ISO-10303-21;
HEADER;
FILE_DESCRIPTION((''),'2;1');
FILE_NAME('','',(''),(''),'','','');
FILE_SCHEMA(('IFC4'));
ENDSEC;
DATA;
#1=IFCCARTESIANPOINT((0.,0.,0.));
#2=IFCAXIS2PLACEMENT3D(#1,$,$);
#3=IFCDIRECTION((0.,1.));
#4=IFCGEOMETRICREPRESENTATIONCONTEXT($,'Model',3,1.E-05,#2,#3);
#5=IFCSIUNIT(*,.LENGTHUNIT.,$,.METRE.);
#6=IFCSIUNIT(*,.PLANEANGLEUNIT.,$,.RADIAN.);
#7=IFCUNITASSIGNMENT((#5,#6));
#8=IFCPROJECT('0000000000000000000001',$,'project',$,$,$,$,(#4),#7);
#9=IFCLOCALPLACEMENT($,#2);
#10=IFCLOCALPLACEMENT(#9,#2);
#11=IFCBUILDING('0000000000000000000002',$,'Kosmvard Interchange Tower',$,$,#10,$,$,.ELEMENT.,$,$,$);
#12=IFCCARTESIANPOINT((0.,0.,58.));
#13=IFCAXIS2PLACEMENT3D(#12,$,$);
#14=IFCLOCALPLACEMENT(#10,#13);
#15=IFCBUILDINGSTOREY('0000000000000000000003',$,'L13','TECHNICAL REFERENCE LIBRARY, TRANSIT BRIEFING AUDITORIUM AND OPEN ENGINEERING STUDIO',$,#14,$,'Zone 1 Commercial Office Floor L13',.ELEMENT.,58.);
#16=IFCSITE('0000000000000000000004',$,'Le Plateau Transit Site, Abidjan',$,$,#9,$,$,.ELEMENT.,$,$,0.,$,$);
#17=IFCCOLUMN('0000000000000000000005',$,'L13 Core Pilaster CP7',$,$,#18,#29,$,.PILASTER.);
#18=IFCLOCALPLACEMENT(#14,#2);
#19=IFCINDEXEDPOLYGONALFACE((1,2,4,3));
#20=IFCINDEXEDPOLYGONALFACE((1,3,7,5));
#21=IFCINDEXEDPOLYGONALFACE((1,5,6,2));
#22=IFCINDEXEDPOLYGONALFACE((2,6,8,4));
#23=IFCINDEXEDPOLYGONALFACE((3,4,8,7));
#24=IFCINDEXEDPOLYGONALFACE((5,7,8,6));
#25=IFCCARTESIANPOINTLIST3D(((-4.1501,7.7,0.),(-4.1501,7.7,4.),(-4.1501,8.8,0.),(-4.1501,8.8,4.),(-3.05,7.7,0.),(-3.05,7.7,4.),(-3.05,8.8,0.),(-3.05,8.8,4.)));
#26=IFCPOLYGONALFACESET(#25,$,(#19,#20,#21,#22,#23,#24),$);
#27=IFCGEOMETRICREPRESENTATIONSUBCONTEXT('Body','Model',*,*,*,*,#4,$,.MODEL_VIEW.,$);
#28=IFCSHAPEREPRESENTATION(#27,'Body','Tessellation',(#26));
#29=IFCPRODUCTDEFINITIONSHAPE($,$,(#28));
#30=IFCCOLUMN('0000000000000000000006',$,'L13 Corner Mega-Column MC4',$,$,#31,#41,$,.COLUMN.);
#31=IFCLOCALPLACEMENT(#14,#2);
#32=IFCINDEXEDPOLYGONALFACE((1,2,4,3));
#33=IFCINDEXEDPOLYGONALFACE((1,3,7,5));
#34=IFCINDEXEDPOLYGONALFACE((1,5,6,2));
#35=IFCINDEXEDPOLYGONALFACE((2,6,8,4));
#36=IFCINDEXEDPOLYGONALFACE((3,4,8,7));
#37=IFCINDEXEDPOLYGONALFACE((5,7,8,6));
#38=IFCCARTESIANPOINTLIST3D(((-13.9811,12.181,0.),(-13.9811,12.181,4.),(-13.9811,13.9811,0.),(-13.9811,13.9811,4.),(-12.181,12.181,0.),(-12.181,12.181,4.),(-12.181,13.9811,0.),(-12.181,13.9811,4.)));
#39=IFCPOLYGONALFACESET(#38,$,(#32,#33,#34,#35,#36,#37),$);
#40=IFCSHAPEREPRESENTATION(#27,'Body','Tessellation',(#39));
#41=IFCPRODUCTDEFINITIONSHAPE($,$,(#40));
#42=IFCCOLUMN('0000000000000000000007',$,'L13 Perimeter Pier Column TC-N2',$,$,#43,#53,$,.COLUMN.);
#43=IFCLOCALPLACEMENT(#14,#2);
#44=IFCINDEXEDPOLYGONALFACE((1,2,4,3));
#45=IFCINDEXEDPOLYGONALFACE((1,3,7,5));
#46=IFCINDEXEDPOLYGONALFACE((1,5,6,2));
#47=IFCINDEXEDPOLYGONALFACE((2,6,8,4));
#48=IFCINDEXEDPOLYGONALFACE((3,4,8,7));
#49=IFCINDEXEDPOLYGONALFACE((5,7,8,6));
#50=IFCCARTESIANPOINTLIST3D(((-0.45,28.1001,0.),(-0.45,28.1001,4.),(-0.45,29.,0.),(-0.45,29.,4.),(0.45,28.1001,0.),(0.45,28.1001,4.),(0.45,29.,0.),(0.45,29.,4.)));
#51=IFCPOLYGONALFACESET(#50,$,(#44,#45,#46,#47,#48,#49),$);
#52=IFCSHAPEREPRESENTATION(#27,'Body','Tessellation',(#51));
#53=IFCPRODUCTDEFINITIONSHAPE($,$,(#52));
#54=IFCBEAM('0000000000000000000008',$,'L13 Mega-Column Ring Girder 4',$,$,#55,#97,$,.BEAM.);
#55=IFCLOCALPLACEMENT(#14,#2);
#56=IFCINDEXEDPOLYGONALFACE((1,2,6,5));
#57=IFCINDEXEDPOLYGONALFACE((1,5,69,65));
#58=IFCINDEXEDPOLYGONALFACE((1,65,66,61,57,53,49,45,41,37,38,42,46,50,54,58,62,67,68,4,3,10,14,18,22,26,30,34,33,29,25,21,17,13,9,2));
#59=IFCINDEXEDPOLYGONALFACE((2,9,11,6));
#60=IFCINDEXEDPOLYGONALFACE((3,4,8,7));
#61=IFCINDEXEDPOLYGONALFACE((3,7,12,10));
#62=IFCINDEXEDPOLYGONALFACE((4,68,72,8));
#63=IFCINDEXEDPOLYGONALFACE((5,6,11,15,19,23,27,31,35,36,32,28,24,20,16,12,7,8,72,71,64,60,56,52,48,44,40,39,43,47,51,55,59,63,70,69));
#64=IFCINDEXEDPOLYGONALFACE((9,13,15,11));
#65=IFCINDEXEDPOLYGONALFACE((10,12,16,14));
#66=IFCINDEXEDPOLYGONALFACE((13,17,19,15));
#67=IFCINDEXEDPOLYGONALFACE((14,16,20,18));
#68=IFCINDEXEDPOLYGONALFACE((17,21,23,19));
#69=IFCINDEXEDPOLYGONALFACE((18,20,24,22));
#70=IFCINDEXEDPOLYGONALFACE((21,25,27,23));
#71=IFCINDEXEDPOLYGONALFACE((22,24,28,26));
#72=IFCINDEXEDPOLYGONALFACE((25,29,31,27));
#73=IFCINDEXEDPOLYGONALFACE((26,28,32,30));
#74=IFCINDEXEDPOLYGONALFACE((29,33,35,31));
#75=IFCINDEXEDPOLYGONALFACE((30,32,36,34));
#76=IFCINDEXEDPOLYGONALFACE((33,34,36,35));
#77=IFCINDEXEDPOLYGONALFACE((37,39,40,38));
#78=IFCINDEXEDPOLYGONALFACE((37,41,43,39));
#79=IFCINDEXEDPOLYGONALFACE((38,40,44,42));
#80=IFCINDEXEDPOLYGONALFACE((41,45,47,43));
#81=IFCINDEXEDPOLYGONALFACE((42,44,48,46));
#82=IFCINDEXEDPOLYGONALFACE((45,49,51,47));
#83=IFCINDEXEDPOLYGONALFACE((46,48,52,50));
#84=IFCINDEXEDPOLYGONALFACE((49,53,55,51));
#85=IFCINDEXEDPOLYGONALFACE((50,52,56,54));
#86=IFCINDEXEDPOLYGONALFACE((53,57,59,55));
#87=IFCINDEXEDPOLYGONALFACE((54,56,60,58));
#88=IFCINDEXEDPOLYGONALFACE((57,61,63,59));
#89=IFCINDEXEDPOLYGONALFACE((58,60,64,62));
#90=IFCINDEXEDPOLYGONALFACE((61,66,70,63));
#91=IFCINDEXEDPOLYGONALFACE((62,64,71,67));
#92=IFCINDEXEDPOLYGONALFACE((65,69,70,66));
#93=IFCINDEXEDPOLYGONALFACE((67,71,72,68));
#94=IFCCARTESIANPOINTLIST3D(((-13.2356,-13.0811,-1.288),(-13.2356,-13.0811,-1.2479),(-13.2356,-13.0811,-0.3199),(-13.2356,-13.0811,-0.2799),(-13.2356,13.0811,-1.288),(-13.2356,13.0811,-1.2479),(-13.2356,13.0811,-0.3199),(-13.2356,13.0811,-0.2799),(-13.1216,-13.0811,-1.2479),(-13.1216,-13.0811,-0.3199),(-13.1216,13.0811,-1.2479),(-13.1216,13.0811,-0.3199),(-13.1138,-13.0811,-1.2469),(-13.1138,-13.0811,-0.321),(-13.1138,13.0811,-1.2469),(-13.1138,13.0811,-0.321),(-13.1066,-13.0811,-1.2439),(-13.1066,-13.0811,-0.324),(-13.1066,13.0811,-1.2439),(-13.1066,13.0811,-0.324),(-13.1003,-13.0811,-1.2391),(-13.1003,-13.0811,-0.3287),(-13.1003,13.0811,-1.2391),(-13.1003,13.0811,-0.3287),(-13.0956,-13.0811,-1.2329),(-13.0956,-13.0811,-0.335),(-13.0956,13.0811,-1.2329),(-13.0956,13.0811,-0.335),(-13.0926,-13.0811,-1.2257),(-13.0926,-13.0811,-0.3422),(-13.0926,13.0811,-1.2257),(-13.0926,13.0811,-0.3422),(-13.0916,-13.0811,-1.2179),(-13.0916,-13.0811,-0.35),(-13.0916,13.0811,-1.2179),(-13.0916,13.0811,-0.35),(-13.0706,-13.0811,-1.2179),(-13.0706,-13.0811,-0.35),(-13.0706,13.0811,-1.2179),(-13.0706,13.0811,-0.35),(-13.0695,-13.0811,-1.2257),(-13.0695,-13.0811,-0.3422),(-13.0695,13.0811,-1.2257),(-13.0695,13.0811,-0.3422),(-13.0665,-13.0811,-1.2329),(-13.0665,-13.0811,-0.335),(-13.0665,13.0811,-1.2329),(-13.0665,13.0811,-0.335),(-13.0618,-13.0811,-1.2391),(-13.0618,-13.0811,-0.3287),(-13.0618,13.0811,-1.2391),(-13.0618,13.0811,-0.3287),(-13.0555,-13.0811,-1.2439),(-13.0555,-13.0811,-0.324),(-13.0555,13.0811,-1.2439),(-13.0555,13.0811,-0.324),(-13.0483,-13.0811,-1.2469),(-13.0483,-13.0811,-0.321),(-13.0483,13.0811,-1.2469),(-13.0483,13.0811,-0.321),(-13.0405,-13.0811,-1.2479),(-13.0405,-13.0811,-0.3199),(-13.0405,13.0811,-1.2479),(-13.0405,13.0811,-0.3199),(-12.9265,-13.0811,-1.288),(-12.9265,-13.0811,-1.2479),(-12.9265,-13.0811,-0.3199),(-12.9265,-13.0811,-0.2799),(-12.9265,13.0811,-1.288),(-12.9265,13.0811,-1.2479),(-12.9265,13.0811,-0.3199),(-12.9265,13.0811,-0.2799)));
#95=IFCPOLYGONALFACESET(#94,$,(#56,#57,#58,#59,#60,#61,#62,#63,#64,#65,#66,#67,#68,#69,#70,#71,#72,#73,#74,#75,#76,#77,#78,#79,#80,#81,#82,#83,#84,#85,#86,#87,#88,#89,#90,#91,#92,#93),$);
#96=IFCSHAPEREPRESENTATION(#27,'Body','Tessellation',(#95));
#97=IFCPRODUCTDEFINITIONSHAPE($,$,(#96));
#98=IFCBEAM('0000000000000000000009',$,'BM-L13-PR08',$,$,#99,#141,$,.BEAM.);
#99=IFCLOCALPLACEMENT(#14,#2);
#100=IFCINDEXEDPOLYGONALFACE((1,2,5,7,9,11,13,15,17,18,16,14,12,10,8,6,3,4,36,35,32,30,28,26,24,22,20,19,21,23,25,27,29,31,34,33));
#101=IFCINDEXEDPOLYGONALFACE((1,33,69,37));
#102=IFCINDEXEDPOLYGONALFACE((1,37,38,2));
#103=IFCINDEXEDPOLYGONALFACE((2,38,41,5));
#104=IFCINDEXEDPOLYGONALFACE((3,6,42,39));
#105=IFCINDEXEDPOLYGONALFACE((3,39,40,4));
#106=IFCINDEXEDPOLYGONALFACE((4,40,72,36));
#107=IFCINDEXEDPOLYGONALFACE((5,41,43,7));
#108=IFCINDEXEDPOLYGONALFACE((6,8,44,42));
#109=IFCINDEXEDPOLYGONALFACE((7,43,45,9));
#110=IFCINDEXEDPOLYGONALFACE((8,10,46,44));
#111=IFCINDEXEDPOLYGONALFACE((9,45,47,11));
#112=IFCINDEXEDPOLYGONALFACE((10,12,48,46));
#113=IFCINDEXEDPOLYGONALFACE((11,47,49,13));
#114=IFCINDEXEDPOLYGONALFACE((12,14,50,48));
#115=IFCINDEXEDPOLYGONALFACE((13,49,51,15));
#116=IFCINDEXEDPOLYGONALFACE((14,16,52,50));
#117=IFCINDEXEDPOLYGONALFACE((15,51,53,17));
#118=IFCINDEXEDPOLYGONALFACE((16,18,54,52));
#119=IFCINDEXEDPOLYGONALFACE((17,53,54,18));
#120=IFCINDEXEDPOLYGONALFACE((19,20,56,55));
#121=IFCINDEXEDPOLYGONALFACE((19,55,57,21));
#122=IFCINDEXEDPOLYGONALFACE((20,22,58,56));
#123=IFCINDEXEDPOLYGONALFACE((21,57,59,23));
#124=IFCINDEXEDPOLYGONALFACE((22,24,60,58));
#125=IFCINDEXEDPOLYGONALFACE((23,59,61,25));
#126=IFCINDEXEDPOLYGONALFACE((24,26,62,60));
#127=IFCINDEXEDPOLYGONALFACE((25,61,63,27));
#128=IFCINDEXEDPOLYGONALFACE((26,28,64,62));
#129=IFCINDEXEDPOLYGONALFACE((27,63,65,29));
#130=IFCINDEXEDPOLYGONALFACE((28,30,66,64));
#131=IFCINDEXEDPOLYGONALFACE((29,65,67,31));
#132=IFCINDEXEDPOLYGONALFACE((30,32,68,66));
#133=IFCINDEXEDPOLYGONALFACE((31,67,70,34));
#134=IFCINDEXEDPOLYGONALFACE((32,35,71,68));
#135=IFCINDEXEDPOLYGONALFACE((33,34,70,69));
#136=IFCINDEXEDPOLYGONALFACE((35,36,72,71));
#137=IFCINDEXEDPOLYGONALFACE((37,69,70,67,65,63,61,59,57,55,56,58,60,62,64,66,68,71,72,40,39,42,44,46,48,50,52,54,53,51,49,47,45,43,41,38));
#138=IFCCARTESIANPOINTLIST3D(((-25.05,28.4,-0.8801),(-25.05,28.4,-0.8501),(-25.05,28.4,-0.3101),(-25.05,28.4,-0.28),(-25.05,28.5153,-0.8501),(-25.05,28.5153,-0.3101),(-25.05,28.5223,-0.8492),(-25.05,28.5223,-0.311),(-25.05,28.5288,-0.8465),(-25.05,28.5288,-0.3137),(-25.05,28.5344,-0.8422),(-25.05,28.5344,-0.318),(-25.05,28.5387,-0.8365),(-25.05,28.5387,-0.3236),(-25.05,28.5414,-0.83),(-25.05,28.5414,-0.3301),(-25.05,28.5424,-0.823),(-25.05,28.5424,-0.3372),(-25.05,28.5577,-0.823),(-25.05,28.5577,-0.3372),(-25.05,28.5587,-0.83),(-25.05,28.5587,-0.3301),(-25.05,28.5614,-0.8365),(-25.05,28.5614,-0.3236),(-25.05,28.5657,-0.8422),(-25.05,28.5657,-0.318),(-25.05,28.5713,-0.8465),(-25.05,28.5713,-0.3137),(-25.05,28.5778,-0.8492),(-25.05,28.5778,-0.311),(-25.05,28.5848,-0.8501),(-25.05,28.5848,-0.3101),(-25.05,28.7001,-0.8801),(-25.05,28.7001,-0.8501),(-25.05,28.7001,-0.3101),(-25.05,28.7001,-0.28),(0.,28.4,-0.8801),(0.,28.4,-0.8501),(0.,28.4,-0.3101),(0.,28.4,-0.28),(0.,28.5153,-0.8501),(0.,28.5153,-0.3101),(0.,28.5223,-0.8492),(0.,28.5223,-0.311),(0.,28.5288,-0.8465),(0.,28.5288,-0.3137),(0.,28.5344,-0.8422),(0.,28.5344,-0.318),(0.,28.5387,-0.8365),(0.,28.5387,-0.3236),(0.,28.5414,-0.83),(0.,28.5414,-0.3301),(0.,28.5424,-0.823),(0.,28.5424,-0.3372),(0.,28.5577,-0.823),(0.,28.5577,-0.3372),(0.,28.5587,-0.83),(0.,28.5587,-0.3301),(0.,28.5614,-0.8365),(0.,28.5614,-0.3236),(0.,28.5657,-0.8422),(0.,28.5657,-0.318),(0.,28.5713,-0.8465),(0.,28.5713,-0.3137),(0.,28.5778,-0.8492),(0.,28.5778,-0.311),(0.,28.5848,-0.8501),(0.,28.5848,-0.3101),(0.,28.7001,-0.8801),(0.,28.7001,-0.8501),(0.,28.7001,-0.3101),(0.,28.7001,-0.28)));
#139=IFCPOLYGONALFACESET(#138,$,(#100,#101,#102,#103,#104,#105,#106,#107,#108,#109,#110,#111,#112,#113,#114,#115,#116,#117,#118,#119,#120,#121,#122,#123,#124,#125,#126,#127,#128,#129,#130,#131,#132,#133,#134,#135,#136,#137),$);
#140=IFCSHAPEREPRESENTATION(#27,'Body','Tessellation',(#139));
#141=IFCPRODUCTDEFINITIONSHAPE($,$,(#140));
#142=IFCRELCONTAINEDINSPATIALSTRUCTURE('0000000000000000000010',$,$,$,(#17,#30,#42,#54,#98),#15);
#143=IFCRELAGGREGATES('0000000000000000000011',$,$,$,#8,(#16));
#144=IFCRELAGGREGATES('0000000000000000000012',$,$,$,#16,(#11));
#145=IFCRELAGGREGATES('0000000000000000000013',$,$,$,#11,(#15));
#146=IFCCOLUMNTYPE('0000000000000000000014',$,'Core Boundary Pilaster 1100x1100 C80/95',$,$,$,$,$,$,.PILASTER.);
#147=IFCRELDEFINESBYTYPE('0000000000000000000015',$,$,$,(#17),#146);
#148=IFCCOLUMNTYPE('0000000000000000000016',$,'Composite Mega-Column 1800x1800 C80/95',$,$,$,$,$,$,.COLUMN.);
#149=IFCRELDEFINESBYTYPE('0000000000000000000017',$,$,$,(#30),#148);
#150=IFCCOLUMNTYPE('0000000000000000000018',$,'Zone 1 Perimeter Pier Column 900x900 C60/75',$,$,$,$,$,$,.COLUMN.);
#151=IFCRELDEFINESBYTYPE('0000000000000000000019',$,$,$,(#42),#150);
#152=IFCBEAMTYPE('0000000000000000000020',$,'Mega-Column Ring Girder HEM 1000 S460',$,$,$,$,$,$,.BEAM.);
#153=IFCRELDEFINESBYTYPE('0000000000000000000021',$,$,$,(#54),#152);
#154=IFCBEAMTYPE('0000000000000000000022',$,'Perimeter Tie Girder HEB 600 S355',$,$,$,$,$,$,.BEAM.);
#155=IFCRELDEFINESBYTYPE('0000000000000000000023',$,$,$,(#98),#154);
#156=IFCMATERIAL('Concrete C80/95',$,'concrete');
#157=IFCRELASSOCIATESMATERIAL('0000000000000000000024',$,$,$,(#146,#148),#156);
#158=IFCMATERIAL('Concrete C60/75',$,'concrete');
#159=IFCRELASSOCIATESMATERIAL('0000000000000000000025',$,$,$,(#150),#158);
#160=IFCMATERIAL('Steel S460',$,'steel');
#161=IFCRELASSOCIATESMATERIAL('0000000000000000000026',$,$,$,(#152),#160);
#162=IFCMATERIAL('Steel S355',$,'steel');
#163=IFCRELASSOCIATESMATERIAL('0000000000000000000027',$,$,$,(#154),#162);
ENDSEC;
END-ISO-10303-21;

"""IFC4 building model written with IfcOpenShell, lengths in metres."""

from ifc_helpers import new_model, si_unit, direction, frame, origin, origin_2d, place, context, subcontext, project, spatial, rectangle, i_section, extrude, source, transform, mapped, material, material_profile, profile_set, type_object, element, save


model = new_model("IFC4")

# Units and contexts
model_context = context("Model", 3, precision=1e-05, world=origin(), true_north=direction((0.0, 1.0)))
body_context = subcontext(model_context, "Body", "Model", "MODEL_VIEW")
ifc_project = project(units=[si_unit("LENGTHUNIT", "METRE"), si_unit("PLANEANGLEUNIT", "RADIAN")], contexts=[model_context])

# Site, building, storey
site_placement = place(None, origin())
site = spatial("IfcSite", under=ifc_project, at=site_placement, Name="Le Plateau Transit Site, Abidjan", CompositionType="ELEMENT", RefElevation=0.0)
building_placement = place(site_placement, origin())
building = spatial("IfcBuilding", under=site, at=building_placement, Name="Kosmvard Interchange Tower", CompositionType="ELEMENT")
storey_placement = place(building_placement, frame((0.0, 0.0, 58.0)))
storey = spatial("IfcBuildingStorey", under=building, at=storey_placement, Name="L13", Description="TECHNICAL REFERENCE LIBRARY, TRANSIT BRIEFING AUDITORIUM AND OPEN ENGINEERING STUDIO", LongName="Zone 1 Commercial Office Floor L13", CompositionType="ELEMENT", Elevation=58.0)

# Columns
ifc_material_1 = material(Name="Concrete C80/95", Category="concrete")
ifc_material_profile_1 = material_profile(ifc_material_1, rectangle(XDim=1.1001, YDim=1.1001, at=origin_2d()), Name="CP 1100x1100")
ifc_profile_set_1 = profile_set([ifc_material_profile_1], Name="Concrete C80/95")
column_type_1 = type_object("IfcColumnType", Name="Core Boundary Pilaster 1100x1100 C80/95", PredefinedType="PILASTER", material=ifc_profile_set_1)
shared_shape_1 = source(origin(), body_context, "Body", "SweptSolid", [
    extrude(rectangle(XDim=1.1001, YDim=1.1001, at=origin_2d()), origin(), (0.0, 0.0, 1.0), 4.0),
])
column_1_placement = place(storey_placement, frame((-3.6001, 8.25, 0.0), z_axis=(0.0, 0.0, 1.0), x_axis=(1.0, 0.0, 0.0)))
element("IfcColumn", 1, at=column_1_placement, inside=storey, type_object=column_type_1, Name="L13 Core Pilaster CP7", PredefinedType="PILASTER", context=body_context, shape_type="MappedRepresentation", body=[
    mapped(shared_shape_1, transform((0.0, 0.0, 0.0), scale=1.0)),
])
ifc_material_profile_2 = material_profile(ifc_material_1, rectangle(XDim=1.8, YDim=1.8, at=origin_2d()), Name="MC 1800x1800")
ifc_profile_set_2 = profile_set([ifc_material_profile_2], Name="Concrete C80/95")
column_type_2 = type_object("IfcColumnType", Name="Composite Mega-Column 1800x1800 C80/95", PredefinedType="COLUMN", material=ifc_profile_set_2)
shared_shape_2 = source(origin(), body_context, "Body", "SweptSolid", [
    extrude(rectangle(XDim=1.8, YDim=1.8, at=origin_2d()), origin(), (0.0, 0.0, 1.0), 4.0),
])
column_2_placement = place(storey_placement, frame((-13.0811, 13.0811, 0.0), z_axis=(0.0, 0.0, 1.0), x_axis=(1.0, 0.0, 0.0)))
element("IfcColumn", 2, at=column_2_placement, inside=storey, type_object=column_type_2, Name="L13 Corner Mega-Column MC4", PredefinedType="COLUMN", context=body_context, shape_type="MappedRepresentation", body=[
    mapped(shared_shape_2, transform((0.0, 0.0, 0.0), scale=1.0)),
])
ifc_material_2 = material(Name="Concrete C60/75", Category="concrete")
ifc_material_profile_3 = material_profile(ifc_material_2, rectangle(XDim=0.8999, YDim=0.8999, at=origin_2d()), Name="TC 900x900")
ifc_profile_set_3 = profile_set([ifc_material_profile_3], Name="Concrete C60/75")
column_type_3 = type_object("IfcColumnType", Name="Zone 1 Perimeter Pier Column 900x900 C60/75", PredefinedType="COLUMN", material=ifc_profile_set_3)
shared_shape_3 = source(origin(), body_context, "Body", "SweptSolid", [
    extrude(rectangle(XDim=0.8999, YDim=0.8999, at=origin_2d()), origin(), (0.0, 0.0, 1.0), 4.0),
])
column_3_placement = place(storey_placement, frame((0.0, 28.55, 0.0), z_axis=(0.0, 0.0, 1.0), x_axis=(1.0, 0.0, 0.0)))
element("IfcColumn", 3, at=column_3_placement, inside=storey, type_object=column_type_3, Name="L13 Perimeter Pier Column TC-N2", PredefinedType="COLUMN", context=body_context, shape_type="MappedRepresentation", body=[
    mapped(shared_shape_3, transform((0.0, 0.0, 0.0), scale=1.0)),
])

# Beams
ifc_material_3 = material(Name="Steel S460", Category="steel")
ifc_material_profile_4 = material_profile(ifc_material_3, i_section(OverallWidth=0.3091, OverallDepth=1.0081, WebThickness=0.021, FlangeThickness=0.04, FilletRadius=0.03, at=origin_2d()), Name="HEM 1000")
ifc_profile_set_4 = profile_set([ifc_material_profile_4], Name="Steel S460")
beam_type_1 = type_object("IfcBeamType", Name="Mega-Column Ring Girder HEM 1000 S460", PredefinedType="BEAM", material=ifc_profile_set_4)
shared_shape_4 = source(origin(), body_context, "Body", "SweptSolid", [
    extrude(i_section(OverallWidth=0.3091, OverallDepth=1.0081, WebThickness=0.021, FlangeThickness=0.04, FilletRadius=0.03, at=origin_2d()), origin(), (0.0, 0.0, 1.0), 26.1621),
])
beam_1_placement = place(storey_placement, frame((-13.0811, 13.0811, -0.7839), z_axis=(0.0, -1.0, 0.0), x_axis=(1.0, 0.0, 0.0)))
element("IfcBeam", 4, at=beam_1_placement, inside=storey, type_object=beam_type_1, Name="L13 Mega-Column Ring Girder 4", PredefinedType="BEAM", context=body_context, shape_type="MappedRepresentation", body=[
    mapped(shared_shape_4, transform((0.0, 0.0, 0.0), scale=1.0)),
])
ifc_material_4 = material(Name="Steel S355", Category="steel")
ifc_material_profile_5 = material_profile(ifc_material_4, i_section(OverallWidth=0.3, OverallDepth=0.6001, WebThickness=0.0154, FlangeThickness=0.03, FilletRadius=0.0271, at=origin_2d()), Name="HEB 600")
ifc_profile_set_5 = profile_set([ifc_material_profile_5], Name="Steel S355")
beam_type_2 = type_object("IfcBeamType", Name="Perimeter Tie Girder HEB 600 S355", PredefinedType="BEAM", material=ifc_profile_set_5)
shared_shape_5 = source(origin(), body_context, "Body", "SweptSolid", [
    extrude(i_section(OverallWidth=0.3, OverallDepth=0.6001, WebThickness=0.0154, FlangeThickness=0.03, FilletRadius=0.0271, at=origin_2d()), origin(), (0.0, 0.0, 1.0), 25.05),
])
beam_2_placement = place(storey_placement, frame((0.0, 28.55, -0.5801), z_axis=(-1.0, 0.0, 0.0), x_axis=(0.0, -1.0, 0.0)))
element("IfcBeam", 5, at=beam_2_placement, inside=storey, type_object=beam_type_2, Name="BM-L13-PR08", PredefinedType="BEAM", context=body_context, shape_type="MappedRepresentation", body=[
    mapped(shared_shape_5, transform((0.0, 0.0, 0.0), scale=1.0)),
])

save(model, "model.ifc")
